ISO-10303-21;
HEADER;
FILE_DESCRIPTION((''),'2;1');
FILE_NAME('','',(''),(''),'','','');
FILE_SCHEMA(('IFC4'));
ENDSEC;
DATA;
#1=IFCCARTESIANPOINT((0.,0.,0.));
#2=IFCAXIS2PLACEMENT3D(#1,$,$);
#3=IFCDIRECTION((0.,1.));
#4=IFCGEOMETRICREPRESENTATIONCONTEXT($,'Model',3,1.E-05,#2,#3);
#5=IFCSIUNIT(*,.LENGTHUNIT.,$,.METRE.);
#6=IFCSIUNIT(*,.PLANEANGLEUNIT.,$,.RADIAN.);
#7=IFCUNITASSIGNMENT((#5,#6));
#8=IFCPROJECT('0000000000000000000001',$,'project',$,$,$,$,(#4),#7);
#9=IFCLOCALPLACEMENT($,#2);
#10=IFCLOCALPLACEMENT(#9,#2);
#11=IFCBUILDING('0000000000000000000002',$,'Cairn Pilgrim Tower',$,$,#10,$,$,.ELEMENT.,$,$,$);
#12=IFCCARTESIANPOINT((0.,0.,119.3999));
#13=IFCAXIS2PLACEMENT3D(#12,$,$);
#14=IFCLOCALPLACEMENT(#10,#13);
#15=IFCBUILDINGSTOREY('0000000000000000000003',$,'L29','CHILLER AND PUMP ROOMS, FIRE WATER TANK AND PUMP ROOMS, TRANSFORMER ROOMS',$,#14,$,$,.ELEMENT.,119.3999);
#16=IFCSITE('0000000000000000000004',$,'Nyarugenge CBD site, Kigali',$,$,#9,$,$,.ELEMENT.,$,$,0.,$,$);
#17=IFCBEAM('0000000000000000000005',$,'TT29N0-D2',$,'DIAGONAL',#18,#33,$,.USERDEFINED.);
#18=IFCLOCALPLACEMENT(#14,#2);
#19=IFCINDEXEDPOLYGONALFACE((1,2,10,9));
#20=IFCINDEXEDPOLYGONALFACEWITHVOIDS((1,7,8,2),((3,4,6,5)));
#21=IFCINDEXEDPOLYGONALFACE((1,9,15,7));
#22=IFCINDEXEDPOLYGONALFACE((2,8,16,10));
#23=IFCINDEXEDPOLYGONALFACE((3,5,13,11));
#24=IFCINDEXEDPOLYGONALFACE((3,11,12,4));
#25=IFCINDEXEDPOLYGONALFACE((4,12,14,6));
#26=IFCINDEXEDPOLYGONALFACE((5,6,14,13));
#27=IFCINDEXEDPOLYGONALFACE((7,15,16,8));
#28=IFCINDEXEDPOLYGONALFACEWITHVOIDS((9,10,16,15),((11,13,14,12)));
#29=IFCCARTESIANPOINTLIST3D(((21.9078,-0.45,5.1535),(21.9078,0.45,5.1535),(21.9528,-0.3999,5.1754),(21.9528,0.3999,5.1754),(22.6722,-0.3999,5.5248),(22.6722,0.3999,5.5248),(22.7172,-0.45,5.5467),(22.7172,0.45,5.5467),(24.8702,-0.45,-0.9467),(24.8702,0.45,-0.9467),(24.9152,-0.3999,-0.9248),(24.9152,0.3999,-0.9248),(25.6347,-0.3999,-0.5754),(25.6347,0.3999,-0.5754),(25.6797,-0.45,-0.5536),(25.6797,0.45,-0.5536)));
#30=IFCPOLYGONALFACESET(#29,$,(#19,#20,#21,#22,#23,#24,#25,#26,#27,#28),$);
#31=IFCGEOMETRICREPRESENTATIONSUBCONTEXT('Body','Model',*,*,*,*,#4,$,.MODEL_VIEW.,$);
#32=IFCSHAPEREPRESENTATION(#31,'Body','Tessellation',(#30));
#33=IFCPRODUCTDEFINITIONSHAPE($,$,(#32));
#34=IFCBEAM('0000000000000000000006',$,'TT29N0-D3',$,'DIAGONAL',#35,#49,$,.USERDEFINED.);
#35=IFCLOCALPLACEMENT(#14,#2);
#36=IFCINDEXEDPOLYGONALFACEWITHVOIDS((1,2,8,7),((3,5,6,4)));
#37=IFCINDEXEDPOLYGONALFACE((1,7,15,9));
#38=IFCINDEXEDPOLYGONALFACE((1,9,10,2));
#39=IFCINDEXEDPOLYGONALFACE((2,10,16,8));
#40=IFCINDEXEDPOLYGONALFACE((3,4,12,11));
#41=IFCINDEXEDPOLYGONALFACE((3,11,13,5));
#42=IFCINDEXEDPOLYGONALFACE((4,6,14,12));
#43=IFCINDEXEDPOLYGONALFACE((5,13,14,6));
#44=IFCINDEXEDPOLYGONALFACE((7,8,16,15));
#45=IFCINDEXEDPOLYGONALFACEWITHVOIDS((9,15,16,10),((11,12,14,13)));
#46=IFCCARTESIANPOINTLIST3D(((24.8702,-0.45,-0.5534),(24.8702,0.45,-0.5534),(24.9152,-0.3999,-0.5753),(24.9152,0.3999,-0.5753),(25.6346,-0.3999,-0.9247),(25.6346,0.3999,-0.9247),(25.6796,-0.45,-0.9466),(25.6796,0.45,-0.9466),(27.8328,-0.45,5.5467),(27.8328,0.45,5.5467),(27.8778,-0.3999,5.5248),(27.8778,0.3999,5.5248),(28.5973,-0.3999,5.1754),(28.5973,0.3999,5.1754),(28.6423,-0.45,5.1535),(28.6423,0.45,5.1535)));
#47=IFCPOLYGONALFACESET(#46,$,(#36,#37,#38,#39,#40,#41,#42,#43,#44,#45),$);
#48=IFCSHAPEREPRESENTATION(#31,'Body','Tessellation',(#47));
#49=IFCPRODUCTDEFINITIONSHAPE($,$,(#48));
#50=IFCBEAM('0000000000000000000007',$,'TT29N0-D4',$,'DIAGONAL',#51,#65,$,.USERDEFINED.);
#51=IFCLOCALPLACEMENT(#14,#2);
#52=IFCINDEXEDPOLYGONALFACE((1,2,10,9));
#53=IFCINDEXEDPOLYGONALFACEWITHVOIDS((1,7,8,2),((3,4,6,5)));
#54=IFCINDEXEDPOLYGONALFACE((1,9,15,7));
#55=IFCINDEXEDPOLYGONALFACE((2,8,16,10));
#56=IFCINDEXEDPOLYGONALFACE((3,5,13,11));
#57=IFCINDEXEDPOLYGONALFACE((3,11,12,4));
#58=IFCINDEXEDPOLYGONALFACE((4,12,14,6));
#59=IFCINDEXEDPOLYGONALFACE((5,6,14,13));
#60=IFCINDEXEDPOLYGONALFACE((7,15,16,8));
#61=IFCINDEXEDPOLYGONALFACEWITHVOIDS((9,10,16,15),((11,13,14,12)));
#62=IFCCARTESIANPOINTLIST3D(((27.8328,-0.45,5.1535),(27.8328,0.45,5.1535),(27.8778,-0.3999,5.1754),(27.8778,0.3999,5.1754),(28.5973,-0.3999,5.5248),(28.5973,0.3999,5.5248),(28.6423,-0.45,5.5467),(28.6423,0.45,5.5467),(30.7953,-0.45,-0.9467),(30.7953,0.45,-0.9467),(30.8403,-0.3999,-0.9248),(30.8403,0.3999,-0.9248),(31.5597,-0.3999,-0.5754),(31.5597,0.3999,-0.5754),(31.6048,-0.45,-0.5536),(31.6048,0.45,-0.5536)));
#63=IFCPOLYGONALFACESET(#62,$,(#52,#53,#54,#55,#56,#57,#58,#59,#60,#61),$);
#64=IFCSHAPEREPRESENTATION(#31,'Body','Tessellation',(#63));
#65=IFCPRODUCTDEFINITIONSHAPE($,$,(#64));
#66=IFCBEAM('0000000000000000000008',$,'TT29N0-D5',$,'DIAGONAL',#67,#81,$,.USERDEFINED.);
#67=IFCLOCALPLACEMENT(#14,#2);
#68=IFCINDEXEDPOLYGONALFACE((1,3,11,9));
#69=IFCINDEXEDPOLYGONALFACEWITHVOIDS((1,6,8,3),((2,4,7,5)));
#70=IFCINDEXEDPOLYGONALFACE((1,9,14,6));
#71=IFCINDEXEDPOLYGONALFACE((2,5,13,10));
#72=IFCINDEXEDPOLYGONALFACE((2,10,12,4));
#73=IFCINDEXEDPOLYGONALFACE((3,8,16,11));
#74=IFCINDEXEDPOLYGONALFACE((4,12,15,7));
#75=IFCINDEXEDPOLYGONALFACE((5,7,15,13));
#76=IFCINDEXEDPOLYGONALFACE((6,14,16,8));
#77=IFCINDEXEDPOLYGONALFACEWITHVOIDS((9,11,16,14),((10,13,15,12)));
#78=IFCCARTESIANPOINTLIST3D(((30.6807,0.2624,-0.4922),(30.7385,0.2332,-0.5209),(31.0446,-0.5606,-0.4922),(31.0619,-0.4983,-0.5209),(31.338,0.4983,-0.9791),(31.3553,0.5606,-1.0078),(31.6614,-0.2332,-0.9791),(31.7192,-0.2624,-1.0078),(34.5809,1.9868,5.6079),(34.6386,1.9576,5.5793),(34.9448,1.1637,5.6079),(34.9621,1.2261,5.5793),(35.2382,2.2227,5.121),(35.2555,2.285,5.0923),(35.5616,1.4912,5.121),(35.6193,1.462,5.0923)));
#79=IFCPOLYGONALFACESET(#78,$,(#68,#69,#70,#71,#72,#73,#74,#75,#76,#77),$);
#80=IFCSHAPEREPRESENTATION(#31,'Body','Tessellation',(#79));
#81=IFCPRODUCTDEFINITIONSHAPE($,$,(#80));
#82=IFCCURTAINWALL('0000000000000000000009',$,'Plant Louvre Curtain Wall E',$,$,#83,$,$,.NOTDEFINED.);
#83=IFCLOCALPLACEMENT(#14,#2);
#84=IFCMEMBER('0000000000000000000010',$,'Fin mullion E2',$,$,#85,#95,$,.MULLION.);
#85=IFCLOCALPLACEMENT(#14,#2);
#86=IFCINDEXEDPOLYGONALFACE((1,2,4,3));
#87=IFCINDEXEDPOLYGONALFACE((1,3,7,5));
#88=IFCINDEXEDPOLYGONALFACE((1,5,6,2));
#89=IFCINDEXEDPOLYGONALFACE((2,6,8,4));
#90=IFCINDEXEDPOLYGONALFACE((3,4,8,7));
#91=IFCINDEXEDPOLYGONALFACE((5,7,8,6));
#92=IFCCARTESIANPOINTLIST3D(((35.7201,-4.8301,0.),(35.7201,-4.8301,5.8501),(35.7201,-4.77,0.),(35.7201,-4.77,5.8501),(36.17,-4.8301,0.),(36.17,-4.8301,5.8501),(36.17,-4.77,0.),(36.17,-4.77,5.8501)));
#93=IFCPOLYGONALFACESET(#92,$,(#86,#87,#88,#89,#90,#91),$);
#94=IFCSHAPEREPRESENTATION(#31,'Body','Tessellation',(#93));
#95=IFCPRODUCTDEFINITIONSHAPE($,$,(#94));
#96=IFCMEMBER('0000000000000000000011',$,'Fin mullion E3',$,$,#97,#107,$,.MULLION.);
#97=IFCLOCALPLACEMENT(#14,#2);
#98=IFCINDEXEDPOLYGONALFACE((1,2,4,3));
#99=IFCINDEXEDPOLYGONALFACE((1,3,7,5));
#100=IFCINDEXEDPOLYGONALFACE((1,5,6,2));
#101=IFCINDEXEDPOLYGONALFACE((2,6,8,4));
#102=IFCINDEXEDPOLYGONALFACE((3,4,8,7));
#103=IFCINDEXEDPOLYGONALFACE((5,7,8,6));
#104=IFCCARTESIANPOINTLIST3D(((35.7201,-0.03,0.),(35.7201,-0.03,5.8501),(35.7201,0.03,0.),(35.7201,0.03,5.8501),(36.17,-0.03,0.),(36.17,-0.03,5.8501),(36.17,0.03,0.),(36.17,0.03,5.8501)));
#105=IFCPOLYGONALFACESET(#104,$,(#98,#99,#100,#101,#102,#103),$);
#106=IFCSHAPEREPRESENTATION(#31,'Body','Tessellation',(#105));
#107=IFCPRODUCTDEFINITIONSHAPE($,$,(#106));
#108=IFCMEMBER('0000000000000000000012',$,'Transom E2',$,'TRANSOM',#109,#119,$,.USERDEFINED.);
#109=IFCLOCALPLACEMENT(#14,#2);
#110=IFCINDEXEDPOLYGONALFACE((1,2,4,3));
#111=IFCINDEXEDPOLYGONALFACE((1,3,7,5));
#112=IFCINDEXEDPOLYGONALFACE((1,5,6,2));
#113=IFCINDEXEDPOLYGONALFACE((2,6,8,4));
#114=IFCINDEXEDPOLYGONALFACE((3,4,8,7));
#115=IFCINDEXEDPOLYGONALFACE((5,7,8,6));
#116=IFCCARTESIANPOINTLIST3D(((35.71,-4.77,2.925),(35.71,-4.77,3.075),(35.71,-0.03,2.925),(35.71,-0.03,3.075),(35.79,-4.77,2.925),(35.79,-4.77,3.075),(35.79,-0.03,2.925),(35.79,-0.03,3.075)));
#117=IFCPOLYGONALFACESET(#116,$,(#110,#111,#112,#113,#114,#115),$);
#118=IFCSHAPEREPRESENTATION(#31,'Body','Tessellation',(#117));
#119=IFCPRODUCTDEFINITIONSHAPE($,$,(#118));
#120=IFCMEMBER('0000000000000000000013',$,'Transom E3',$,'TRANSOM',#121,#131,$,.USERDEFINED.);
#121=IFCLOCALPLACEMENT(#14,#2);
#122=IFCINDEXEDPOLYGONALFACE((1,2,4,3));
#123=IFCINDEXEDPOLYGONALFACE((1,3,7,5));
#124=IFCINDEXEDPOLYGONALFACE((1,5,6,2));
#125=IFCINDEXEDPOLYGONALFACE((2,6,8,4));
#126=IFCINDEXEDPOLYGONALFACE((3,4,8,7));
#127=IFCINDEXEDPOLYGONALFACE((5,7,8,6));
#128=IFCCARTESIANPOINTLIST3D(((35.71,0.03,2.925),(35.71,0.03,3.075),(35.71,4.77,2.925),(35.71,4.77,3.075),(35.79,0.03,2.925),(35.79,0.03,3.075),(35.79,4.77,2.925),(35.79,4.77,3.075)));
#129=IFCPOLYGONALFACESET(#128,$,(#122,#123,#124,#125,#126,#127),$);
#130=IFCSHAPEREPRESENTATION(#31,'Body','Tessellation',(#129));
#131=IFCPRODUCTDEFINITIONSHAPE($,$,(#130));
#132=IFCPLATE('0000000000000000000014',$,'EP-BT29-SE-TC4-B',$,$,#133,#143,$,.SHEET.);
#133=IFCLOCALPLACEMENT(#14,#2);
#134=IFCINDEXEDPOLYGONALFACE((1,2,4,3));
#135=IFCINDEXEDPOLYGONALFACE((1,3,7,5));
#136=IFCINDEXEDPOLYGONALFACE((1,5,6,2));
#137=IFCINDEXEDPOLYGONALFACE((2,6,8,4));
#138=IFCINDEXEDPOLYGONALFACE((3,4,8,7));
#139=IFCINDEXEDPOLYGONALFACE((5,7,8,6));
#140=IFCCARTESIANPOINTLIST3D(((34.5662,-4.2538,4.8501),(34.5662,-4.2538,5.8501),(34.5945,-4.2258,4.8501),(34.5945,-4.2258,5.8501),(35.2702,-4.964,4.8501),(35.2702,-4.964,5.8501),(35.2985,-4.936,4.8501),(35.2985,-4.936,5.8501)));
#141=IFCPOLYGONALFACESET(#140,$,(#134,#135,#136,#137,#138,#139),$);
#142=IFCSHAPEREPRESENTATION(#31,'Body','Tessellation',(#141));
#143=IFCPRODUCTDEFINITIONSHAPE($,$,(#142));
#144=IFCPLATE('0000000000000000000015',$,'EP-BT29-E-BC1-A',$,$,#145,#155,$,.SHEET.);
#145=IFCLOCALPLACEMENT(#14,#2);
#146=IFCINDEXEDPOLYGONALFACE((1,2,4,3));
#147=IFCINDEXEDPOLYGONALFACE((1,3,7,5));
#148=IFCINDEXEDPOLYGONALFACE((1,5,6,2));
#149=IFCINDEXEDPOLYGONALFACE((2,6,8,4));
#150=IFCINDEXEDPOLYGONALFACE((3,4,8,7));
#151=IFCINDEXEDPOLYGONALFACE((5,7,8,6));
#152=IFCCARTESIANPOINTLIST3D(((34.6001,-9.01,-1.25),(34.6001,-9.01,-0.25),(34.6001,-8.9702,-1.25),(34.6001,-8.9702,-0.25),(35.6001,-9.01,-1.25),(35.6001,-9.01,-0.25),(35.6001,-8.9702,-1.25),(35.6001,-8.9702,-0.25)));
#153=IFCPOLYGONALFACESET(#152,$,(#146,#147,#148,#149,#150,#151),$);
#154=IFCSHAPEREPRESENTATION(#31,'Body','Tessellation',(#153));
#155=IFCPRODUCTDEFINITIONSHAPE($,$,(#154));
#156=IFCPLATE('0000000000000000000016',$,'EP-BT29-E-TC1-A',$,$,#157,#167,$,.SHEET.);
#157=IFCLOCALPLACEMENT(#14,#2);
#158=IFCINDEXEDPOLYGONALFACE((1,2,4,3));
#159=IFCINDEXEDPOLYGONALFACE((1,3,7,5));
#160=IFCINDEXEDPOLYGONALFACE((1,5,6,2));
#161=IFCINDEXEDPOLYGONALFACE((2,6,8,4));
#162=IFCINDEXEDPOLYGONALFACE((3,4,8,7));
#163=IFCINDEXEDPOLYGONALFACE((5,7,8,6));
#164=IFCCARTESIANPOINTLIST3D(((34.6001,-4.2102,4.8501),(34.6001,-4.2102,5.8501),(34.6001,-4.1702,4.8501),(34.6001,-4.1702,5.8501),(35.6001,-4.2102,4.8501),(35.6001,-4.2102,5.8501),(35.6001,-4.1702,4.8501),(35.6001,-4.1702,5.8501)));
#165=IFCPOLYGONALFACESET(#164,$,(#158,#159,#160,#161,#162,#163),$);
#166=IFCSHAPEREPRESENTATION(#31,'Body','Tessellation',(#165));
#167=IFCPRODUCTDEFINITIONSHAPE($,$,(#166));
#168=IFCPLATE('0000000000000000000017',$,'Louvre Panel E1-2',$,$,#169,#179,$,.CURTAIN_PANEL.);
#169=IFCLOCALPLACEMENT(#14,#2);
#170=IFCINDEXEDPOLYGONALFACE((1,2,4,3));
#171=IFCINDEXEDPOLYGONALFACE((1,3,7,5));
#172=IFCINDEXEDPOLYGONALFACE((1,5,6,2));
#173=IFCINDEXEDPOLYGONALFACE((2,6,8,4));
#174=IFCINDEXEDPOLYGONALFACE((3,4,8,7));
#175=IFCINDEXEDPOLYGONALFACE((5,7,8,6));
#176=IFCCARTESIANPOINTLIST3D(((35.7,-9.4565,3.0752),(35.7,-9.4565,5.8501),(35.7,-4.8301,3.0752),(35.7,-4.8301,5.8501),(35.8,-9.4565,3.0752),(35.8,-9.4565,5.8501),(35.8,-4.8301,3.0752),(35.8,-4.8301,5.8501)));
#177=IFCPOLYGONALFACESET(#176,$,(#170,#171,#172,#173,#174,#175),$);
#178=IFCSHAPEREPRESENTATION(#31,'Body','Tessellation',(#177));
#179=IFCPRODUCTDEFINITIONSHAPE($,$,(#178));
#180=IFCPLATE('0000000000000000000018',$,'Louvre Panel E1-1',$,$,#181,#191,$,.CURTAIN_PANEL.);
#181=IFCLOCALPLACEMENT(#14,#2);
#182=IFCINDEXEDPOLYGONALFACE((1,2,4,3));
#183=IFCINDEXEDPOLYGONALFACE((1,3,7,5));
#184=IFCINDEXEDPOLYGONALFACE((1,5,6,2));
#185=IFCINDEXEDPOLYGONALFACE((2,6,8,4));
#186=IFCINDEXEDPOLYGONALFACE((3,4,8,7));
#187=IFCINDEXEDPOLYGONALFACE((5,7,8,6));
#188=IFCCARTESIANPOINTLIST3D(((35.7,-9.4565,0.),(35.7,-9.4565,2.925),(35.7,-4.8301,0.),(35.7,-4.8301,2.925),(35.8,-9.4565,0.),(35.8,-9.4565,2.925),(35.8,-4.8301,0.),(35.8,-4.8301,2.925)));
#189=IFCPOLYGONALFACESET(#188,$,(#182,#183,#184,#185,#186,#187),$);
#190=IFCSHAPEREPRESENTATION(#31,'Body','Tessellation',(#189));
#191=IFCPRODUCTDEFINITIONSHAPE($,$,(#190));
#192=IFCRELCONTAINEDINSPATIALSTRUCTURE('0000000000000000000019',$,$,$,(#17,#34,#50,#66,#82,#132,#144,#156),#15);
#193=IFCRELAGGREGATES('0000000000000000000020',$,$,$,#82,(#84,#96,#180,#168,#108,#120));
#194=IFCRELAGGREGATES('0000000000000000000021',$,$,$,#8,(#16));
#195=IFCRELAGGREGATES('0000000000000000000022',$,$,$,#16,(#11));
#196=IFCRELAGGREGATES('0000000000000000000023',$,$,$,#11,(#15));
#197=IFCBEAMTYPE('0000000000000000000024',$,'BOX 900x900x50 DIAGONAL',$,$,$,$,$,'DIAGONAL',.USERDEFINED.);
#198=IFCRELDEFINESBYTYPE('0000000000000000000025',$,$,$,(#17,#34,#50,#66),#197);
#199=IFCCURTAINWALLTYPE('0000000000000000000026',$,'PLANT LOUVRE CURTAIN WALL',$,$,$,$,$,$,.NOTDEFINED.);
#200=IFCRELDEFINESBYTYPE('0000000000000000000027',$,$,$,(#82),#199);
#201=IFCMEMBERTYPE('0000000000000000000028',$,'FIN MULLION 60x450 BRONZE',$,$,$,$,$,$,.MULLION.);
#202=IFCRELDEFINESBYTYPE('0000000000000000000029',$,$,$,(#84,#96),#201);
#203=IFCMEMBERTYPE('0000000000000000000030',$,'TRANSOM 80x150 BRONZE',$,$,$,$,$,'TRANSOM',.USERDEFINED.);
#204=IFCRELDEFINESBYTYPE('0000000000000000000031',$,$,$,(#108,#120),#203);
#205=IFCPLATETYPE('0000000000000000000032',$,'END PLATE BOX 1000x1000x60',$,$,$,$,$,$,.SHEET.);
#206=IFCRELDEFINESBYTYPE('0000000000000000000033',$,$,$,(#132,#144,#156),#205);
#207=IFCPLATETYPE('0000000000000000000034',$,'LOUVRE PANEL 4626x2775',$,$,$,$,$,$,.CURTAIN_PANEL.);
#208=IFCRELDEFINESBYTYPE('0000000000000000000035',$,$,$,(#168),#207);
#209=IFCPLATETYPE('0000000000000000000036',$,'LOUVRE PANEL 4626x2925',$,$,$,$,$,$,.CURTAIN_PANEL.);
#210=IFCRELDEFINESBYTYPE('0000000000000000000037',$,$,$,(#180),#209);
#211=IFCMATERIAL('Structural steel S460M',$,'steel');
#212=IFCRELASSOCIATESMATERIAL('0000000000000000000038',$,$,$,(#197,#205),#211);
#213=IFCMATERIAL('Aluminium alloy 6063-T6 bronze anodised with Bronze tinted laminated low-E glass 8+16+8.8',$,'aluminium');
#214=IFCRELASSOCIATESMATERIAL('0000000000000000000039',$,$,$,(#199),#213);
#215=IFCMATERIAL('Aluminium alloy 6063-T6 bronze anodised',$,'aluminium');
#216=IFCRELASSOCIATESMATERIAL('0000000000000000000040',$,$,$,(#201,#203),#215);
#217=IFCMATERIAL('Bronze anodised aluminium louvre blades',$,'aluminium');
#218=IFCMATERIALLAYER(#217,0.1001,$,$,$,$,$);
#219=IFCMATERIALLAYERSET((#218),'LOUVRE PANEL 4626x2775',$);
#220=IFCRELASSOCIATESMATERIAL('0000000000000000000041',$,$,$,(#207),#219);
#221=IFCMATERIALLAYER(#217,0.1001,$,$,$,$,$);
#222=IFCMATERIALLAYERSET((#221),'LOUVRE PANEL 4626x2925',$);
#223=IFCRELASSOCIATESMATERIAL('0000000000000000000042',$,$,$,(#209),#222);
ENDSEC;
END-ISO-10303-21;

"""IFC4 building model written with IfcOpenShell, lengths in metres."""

from ifc_helpers import new_model, si_unit, direction, frame, origin, origin_2d, place, context, subcontext, project, spatial, rectangle, hollow_rectangle, extrude, material, layer, layer_set, material_profile, profile_set, type_object, element, aggregate, save


model = new_model("IFC4")

# Units and contexts
model_context = context("Model", 3, precision=1e-05, world=origin(), true_north=direction((0.0, 1.0)))
body_context = subcontext(model_context, "Body", "Model", "MODEL_VIEW")
ifc_project = project(units=[si_unit("LENGTHUNIT", "METRE"), si_unit("PLANEANGLEUNIT", "RADIAN")], contexts=[model_context])

# Site, building, storey
site_placement = place(None, origin())
site = spatial("IfcSite", under=ifc_project, at=site_placement, Name="Nyarugenge CBD site, Kigali", CompositionType="ELEMENT", RefElevation=0.0)
building_placement = place(site_placement, origin())
building = spatial("IfcBuilding", under=site, at=building_placement, Name="Cairn Pilgrim Tower", CompositionType="ELEMENT")
storey_placement = place(building_placement, frame((0.0, 0.0, 119.3999)))
storey = spatial("IfcBuildingStorey", under=building, at=storey_placement, Name="L29", Description="CHILLER AND PUMP ROOMS, FIRE WATER TANK AND PUMP ROOMS, TRANSFORMER ROOMS", CompositionType="ELEMENT", Elevation=119.3999)

# Shared definitions
ifc_material_1 = material(Name="Structural steel S460M", Category="steel")

# Beams
ifc_material_profile_1 = material_profile(ifc_material_1, hollow_rectangle(XDim=0.8999, YDim=0.8999, WallThickness=0.05, at=origin_2d()), Name="BOX 900x900x50")
ifc_profile_set_1 = profile_set([ifc_material_profile_1], Name="Structural steel S460M")
beam_type_1 = type_object("IfcBeamType", Name="BOX 900x900x50 DIAGONAL", ElementType="DIAGONAL", PredefinedType="USERDEFINED", material=ifc_profile_set_1)
for number, where, z_axis, x_axis, name in (
    (1, (22.3125, 0.0, 5.3501), (0.436844, 0.0, -0.899537), (0.0, 1.0, 0.0), "TT29N0-D2"),
    (2, (25.2749, 0.0, -0.75), (0.436873, 0.0, 0.899523), (0.0, 1.0, 0.0), "TT29N0-D3"),
    (3, (28.2375, 0.0, 5.3501), (0.436844, 0.0, -0.899537), (0.0, 1.0, 0.0), "TT29N0-D4"),
):
    element("IfcBeam", number, at=place(storey_placement, frame(where, z_axis=z_axis, x_axis=x_axis)), inside=storey, type_object=beam_type_1, Name=name, ObjectType="DIAGONAL", PredefinedType="USERDEFINED", context=body_context, shape_type="SweptSolid", body=[
        extrude(hollow_rectangle(XDim=0.8999, YDim=0.8999, WallThickness=0.05, at=origin_2d()), origin(), (0.0, 0.0, 1.0), 6.7815),
    ])
beam_1_placement = place(storey_placement, frame((31.2, 0.0, -0.75), z_axis=(0.524014, 0.231681, 0.819593), x_axis=(-0.404369, 0.914596, 0.0)))
element("IfcBeam", 4, at=beam_1_placement, inside=storey, type_object=beam_type_1, Name="TT29N0-D5", ObjectType="DIAGONAL", PredefinedType="USERDEFINED", context=body_context, shape_type="SweptSolid", body=[
    extrude(hollow_rectangle(XDim=0.8999, YDim=0.8999, WallThickness=0.05, at=origin_2d()), origin(), (0.0, 0.0, 1.0), 7.4429),
])

# Curtain wall, members
ifc_material_2 = material(Name="Aluminium alloy 6063-T6 bronze anodised with Bronze tinted laminated low-E glass 8+16+8.8", Category="aluminium")
curtain_wall_type = type_object("IfcCurtainWallType", Name="PLANT LOUVRE CURTAIN WALL", PredefinedType="NOTDEFINED", material=ifc_material_2)
curtain_wall_placement = place(storey_placement, origin())
curtain_wall = element("IfcCurtainWall", 5, at=curtain_wall_placement, inside=storey, type_object=curtain_wall_type, Name="Plant Louvre Curtain Wall E", PredefinedType="NOTDEFINED")
ifc_material_3 = material(Name="Aluminium alloy 6063-T6 bronze anodised", Category="aluminium")
ifc_material_profile_2 = material_profile(ifc_material_3, rectangle(XDim=0.45, YDim=0.0601, at=origin_2d()), Name="FIN MULLION 60x450 BRONZE")
ifc_profile_set_2 = profile_set([ifc_material_profile_2], Name="Aluminium alloy 6063-T6 bronze anodised")
member_type_1 = type_object("IfcMemberType", Name="FIN MULLION 60x450 BRONZE", PredefinedType="MULLION", material=ifc_profile_set_2)
member_1_placement = place(storey_placement, frame((35.9451, -4.8, 0.0), z_axis=(0.0, 0.0, 1.0), x_axis=(1.0, 0.0, 0.0)))
member_1 = element("IfcMember", 6, at=member_1_placement, type_object=member_type_1, Name="Fin mullion E2", PredefinedType="MULLION", context=body_context, shape_type="SweptSolid", body=[
    extrude(rectangle(XDim=0.45, YDim=0.0601, at=origin_2d()), origin(), (0.0, 0.0, 1.0), 5.8501),
])
member_2_placement = place(storey_placement, frame((35.9451, 0.0, 0.0), z_axis=(0.0, 0.0, 1.0), x_axis=(1.0, 0.0, 0.0)))
member_2 = element("IfcMember", 7, at=member_2_placement, type_object=member_type_1, Name="Fin mullion E3", PredefinedType="MULLION", context=body_context, shape_type="SweptSolid", body=[
    extrude(rectangle(XDim=0.45, YDim=0.0601, at=origin_2d()), origin(), (0.0, 0.0, 1.0), 5.8501),
])
ifc_material_profile_3 = material_profile(ifc_material_3, rectangle(XDim=0.0801, YDim=0.1499, at=origin_2d()), Name="TRANSOM 80x150 BRONZE")
ifc_profile_set_3 = profile_set([ifc_material_profile_3], Name="Aluminium alloy 6063-T6 bronze anodised")
member_type_2 = type_object("IfcMemberType", Name="TRANSOM 80x150 BRONZE", ElementType="TRANSOM", PredefinedType="USERDEFINED", material=ifc_profile_set_3)
member_3_placement = place(storey_placement, frame((35.75, -4.77, 3.0), z_axis=(0.0, 1.0, 0.0), x_axis=(-1.0, 0.0, 0.0)))
member_3 = element("IfcMember", 8, at=member_3_placement, type_object=member_type_2, Name="Transom E2", ObjectType="TRANSOM", PredefinedType="USERDEFINED", context=body_context, shape_type="SweptSolid", body=[
    extrude(rectangle(XDim=0.0801, YDim=0.1499, at=origin_2d()), origin(), (0.0, 0.0, 1.0), 4.74),
])
member_4_placement = place(storey_placement, frame((35.75, 0.03, 3.0), z_axis=(0.0, 1.0, 0.0), x_axis=(-1.0, 0.0, 0.0)))
member_4 = element("IfcMember", 9, at=member_4_placement, type_object=member_type_2, Name="Transom E3", ObjectType="TRANSOM", PredefinedType="USERDEFINED", context=body_context, shape_type="SweptSolid", body=[
    extrude(rectangle(XDim=0.0801, YDim=0.1499, at=origin_2d()), origin(), (0.0, 0.0, 1.0), 4.74),
])

# Plates
ifc_material_profile_4 = material_profile(ifc_material_1, rectangle(XDim=1.0, YDim=1.0, at=origin_2d()), Name="END PLATE BOX 1000x1000x60")
ifc_profile_set_4 = profile_set([ifc_material_profile_4], Name="Structural steel S460M")
plate_type_1 = type_object("IfcPlateType", Name="END PLATE BOX 1000x1000x60", PredefinedType="SHEET", material=ifc_profile_set_4)
for number, where, z_axis, x_axis, name in (
    (10, (34.9182, -4.6089, 5.3501), (0.710161, 0.704039, 0.0), (-0.704039, 0.710161, 0.0), "EP-BT29-SE-TC4-B"),
    (11, (35.1001, -8.9702, -0.75), (0.0, -1.0, 0.0), (1.0, 0.0, 0.0), "EP-BT29-E-BC1-A"),
):
    element("IfcPlate", number, at=place(storey_placement, frame(where, z_axis=z_axis, x_axis=x_axis)), inside=storey, type_object=plate_type_1, Name=name, PredefinedType="SHEET", context=body_context, shape_type="SweptSolid", body=[
        extrude(rectangle(XDim=1.0, YDim=1.0, at=origin_2d()), origin(), (0.0, 0.0, 1.0), 0.0398),
    ])
plate_1_placement = place(storey_placement, frame((35.1001, -4.1702, 5.3501), z_axis=(0.0, -1.0, 0.0), x_axis=(1.0, 0.0, 0.0)))
element("IfcPlate", 12, at=plate_1_placement, inside=storey, type_object=plate_type_1, Name="EP-BT29-E-TC1-A", PredefinedType="SHEET", context=body_context, shape_type="SweptSolid", body=[
    extrude(rectangle(XDim=1.0, YDim=1.0, at=origin_2d()), origin(), (0.0, 0.0, 1.0), 0.04),
])

# Plates
ifc_material_4 = material(Name="Bronze anodised aluminium louvre blades", Category="aluminium")
ifc_layer_1 = layer(ifc_material_4, 0.1001)
ifc_layer_set_1 = layer_set([ifc_layer_1], Name="LOUVRE PANEL 4626x2775")
plate_type_2 = type_object("IfcPlateType", Name="LOUVRE PANEL 4626x2775", PredefinedType="CURTAIN_PANEL", material=ifc_layer_set_1)
plate_2_placement = place(storey_placement, frame((35.75, -7.1433, 3.0752), z_axis=(0.0, 0.0, 1.0), x_axis=(0.0, 1.0, 0.0)))
plate_2 = element("IfcPlate", 13, at=plate_2_placement, type_object=plate_type_2, Name="Louvre Panel E1-2", PredefinedType="CURTAIN_PANEL", context=body_context, shape_type="SweptSolid", body=[
    extrude(rectangle(XDim=4.6265, YDim=0.1001, at=origin_2d()), origin(), (0.0, 0.0, 1.0), 2.7749),
])
ifc_layer_2 = layer(ifc_material_4, 0.1001)
ifc_layer_set_2 = layer_set([ifc_layer_2], Name="LOUVRE PANEL 4626x2925")
plate_type_3 = type_object("IfcPlateType", Name="LOUVRE PANEL 4626x2925", PredefinedType="CURTAIN_PANEL", material=ifc_layer_set_2)
plate_3_placement = place(storey_placement, frame((35.75, -7.1433, 0.0), z_axis=(0.0, 0.0, 1.0), x_axis=(0.0, 1.0, 0.0)))
plate_3 = element("IfcPlate", 14, at=plate_3_placement, type_object=plate_type_3, Name="Louvre Panel E1-1", PredefinedType="CURTAIN_PANEL", context=body_context, shape_type="SweptSolid", body=[
    extrude(rectangle(XDim=4.6265, YDim=0.1001, at=origin_2d()), origin(), (0.0, 0.0, 1.0), 2.925),
])
aggregate(curtain_wall, [member_1, member_2, plate_3, plate_2, member_3, member_4])

save(model, "model.ifc")
